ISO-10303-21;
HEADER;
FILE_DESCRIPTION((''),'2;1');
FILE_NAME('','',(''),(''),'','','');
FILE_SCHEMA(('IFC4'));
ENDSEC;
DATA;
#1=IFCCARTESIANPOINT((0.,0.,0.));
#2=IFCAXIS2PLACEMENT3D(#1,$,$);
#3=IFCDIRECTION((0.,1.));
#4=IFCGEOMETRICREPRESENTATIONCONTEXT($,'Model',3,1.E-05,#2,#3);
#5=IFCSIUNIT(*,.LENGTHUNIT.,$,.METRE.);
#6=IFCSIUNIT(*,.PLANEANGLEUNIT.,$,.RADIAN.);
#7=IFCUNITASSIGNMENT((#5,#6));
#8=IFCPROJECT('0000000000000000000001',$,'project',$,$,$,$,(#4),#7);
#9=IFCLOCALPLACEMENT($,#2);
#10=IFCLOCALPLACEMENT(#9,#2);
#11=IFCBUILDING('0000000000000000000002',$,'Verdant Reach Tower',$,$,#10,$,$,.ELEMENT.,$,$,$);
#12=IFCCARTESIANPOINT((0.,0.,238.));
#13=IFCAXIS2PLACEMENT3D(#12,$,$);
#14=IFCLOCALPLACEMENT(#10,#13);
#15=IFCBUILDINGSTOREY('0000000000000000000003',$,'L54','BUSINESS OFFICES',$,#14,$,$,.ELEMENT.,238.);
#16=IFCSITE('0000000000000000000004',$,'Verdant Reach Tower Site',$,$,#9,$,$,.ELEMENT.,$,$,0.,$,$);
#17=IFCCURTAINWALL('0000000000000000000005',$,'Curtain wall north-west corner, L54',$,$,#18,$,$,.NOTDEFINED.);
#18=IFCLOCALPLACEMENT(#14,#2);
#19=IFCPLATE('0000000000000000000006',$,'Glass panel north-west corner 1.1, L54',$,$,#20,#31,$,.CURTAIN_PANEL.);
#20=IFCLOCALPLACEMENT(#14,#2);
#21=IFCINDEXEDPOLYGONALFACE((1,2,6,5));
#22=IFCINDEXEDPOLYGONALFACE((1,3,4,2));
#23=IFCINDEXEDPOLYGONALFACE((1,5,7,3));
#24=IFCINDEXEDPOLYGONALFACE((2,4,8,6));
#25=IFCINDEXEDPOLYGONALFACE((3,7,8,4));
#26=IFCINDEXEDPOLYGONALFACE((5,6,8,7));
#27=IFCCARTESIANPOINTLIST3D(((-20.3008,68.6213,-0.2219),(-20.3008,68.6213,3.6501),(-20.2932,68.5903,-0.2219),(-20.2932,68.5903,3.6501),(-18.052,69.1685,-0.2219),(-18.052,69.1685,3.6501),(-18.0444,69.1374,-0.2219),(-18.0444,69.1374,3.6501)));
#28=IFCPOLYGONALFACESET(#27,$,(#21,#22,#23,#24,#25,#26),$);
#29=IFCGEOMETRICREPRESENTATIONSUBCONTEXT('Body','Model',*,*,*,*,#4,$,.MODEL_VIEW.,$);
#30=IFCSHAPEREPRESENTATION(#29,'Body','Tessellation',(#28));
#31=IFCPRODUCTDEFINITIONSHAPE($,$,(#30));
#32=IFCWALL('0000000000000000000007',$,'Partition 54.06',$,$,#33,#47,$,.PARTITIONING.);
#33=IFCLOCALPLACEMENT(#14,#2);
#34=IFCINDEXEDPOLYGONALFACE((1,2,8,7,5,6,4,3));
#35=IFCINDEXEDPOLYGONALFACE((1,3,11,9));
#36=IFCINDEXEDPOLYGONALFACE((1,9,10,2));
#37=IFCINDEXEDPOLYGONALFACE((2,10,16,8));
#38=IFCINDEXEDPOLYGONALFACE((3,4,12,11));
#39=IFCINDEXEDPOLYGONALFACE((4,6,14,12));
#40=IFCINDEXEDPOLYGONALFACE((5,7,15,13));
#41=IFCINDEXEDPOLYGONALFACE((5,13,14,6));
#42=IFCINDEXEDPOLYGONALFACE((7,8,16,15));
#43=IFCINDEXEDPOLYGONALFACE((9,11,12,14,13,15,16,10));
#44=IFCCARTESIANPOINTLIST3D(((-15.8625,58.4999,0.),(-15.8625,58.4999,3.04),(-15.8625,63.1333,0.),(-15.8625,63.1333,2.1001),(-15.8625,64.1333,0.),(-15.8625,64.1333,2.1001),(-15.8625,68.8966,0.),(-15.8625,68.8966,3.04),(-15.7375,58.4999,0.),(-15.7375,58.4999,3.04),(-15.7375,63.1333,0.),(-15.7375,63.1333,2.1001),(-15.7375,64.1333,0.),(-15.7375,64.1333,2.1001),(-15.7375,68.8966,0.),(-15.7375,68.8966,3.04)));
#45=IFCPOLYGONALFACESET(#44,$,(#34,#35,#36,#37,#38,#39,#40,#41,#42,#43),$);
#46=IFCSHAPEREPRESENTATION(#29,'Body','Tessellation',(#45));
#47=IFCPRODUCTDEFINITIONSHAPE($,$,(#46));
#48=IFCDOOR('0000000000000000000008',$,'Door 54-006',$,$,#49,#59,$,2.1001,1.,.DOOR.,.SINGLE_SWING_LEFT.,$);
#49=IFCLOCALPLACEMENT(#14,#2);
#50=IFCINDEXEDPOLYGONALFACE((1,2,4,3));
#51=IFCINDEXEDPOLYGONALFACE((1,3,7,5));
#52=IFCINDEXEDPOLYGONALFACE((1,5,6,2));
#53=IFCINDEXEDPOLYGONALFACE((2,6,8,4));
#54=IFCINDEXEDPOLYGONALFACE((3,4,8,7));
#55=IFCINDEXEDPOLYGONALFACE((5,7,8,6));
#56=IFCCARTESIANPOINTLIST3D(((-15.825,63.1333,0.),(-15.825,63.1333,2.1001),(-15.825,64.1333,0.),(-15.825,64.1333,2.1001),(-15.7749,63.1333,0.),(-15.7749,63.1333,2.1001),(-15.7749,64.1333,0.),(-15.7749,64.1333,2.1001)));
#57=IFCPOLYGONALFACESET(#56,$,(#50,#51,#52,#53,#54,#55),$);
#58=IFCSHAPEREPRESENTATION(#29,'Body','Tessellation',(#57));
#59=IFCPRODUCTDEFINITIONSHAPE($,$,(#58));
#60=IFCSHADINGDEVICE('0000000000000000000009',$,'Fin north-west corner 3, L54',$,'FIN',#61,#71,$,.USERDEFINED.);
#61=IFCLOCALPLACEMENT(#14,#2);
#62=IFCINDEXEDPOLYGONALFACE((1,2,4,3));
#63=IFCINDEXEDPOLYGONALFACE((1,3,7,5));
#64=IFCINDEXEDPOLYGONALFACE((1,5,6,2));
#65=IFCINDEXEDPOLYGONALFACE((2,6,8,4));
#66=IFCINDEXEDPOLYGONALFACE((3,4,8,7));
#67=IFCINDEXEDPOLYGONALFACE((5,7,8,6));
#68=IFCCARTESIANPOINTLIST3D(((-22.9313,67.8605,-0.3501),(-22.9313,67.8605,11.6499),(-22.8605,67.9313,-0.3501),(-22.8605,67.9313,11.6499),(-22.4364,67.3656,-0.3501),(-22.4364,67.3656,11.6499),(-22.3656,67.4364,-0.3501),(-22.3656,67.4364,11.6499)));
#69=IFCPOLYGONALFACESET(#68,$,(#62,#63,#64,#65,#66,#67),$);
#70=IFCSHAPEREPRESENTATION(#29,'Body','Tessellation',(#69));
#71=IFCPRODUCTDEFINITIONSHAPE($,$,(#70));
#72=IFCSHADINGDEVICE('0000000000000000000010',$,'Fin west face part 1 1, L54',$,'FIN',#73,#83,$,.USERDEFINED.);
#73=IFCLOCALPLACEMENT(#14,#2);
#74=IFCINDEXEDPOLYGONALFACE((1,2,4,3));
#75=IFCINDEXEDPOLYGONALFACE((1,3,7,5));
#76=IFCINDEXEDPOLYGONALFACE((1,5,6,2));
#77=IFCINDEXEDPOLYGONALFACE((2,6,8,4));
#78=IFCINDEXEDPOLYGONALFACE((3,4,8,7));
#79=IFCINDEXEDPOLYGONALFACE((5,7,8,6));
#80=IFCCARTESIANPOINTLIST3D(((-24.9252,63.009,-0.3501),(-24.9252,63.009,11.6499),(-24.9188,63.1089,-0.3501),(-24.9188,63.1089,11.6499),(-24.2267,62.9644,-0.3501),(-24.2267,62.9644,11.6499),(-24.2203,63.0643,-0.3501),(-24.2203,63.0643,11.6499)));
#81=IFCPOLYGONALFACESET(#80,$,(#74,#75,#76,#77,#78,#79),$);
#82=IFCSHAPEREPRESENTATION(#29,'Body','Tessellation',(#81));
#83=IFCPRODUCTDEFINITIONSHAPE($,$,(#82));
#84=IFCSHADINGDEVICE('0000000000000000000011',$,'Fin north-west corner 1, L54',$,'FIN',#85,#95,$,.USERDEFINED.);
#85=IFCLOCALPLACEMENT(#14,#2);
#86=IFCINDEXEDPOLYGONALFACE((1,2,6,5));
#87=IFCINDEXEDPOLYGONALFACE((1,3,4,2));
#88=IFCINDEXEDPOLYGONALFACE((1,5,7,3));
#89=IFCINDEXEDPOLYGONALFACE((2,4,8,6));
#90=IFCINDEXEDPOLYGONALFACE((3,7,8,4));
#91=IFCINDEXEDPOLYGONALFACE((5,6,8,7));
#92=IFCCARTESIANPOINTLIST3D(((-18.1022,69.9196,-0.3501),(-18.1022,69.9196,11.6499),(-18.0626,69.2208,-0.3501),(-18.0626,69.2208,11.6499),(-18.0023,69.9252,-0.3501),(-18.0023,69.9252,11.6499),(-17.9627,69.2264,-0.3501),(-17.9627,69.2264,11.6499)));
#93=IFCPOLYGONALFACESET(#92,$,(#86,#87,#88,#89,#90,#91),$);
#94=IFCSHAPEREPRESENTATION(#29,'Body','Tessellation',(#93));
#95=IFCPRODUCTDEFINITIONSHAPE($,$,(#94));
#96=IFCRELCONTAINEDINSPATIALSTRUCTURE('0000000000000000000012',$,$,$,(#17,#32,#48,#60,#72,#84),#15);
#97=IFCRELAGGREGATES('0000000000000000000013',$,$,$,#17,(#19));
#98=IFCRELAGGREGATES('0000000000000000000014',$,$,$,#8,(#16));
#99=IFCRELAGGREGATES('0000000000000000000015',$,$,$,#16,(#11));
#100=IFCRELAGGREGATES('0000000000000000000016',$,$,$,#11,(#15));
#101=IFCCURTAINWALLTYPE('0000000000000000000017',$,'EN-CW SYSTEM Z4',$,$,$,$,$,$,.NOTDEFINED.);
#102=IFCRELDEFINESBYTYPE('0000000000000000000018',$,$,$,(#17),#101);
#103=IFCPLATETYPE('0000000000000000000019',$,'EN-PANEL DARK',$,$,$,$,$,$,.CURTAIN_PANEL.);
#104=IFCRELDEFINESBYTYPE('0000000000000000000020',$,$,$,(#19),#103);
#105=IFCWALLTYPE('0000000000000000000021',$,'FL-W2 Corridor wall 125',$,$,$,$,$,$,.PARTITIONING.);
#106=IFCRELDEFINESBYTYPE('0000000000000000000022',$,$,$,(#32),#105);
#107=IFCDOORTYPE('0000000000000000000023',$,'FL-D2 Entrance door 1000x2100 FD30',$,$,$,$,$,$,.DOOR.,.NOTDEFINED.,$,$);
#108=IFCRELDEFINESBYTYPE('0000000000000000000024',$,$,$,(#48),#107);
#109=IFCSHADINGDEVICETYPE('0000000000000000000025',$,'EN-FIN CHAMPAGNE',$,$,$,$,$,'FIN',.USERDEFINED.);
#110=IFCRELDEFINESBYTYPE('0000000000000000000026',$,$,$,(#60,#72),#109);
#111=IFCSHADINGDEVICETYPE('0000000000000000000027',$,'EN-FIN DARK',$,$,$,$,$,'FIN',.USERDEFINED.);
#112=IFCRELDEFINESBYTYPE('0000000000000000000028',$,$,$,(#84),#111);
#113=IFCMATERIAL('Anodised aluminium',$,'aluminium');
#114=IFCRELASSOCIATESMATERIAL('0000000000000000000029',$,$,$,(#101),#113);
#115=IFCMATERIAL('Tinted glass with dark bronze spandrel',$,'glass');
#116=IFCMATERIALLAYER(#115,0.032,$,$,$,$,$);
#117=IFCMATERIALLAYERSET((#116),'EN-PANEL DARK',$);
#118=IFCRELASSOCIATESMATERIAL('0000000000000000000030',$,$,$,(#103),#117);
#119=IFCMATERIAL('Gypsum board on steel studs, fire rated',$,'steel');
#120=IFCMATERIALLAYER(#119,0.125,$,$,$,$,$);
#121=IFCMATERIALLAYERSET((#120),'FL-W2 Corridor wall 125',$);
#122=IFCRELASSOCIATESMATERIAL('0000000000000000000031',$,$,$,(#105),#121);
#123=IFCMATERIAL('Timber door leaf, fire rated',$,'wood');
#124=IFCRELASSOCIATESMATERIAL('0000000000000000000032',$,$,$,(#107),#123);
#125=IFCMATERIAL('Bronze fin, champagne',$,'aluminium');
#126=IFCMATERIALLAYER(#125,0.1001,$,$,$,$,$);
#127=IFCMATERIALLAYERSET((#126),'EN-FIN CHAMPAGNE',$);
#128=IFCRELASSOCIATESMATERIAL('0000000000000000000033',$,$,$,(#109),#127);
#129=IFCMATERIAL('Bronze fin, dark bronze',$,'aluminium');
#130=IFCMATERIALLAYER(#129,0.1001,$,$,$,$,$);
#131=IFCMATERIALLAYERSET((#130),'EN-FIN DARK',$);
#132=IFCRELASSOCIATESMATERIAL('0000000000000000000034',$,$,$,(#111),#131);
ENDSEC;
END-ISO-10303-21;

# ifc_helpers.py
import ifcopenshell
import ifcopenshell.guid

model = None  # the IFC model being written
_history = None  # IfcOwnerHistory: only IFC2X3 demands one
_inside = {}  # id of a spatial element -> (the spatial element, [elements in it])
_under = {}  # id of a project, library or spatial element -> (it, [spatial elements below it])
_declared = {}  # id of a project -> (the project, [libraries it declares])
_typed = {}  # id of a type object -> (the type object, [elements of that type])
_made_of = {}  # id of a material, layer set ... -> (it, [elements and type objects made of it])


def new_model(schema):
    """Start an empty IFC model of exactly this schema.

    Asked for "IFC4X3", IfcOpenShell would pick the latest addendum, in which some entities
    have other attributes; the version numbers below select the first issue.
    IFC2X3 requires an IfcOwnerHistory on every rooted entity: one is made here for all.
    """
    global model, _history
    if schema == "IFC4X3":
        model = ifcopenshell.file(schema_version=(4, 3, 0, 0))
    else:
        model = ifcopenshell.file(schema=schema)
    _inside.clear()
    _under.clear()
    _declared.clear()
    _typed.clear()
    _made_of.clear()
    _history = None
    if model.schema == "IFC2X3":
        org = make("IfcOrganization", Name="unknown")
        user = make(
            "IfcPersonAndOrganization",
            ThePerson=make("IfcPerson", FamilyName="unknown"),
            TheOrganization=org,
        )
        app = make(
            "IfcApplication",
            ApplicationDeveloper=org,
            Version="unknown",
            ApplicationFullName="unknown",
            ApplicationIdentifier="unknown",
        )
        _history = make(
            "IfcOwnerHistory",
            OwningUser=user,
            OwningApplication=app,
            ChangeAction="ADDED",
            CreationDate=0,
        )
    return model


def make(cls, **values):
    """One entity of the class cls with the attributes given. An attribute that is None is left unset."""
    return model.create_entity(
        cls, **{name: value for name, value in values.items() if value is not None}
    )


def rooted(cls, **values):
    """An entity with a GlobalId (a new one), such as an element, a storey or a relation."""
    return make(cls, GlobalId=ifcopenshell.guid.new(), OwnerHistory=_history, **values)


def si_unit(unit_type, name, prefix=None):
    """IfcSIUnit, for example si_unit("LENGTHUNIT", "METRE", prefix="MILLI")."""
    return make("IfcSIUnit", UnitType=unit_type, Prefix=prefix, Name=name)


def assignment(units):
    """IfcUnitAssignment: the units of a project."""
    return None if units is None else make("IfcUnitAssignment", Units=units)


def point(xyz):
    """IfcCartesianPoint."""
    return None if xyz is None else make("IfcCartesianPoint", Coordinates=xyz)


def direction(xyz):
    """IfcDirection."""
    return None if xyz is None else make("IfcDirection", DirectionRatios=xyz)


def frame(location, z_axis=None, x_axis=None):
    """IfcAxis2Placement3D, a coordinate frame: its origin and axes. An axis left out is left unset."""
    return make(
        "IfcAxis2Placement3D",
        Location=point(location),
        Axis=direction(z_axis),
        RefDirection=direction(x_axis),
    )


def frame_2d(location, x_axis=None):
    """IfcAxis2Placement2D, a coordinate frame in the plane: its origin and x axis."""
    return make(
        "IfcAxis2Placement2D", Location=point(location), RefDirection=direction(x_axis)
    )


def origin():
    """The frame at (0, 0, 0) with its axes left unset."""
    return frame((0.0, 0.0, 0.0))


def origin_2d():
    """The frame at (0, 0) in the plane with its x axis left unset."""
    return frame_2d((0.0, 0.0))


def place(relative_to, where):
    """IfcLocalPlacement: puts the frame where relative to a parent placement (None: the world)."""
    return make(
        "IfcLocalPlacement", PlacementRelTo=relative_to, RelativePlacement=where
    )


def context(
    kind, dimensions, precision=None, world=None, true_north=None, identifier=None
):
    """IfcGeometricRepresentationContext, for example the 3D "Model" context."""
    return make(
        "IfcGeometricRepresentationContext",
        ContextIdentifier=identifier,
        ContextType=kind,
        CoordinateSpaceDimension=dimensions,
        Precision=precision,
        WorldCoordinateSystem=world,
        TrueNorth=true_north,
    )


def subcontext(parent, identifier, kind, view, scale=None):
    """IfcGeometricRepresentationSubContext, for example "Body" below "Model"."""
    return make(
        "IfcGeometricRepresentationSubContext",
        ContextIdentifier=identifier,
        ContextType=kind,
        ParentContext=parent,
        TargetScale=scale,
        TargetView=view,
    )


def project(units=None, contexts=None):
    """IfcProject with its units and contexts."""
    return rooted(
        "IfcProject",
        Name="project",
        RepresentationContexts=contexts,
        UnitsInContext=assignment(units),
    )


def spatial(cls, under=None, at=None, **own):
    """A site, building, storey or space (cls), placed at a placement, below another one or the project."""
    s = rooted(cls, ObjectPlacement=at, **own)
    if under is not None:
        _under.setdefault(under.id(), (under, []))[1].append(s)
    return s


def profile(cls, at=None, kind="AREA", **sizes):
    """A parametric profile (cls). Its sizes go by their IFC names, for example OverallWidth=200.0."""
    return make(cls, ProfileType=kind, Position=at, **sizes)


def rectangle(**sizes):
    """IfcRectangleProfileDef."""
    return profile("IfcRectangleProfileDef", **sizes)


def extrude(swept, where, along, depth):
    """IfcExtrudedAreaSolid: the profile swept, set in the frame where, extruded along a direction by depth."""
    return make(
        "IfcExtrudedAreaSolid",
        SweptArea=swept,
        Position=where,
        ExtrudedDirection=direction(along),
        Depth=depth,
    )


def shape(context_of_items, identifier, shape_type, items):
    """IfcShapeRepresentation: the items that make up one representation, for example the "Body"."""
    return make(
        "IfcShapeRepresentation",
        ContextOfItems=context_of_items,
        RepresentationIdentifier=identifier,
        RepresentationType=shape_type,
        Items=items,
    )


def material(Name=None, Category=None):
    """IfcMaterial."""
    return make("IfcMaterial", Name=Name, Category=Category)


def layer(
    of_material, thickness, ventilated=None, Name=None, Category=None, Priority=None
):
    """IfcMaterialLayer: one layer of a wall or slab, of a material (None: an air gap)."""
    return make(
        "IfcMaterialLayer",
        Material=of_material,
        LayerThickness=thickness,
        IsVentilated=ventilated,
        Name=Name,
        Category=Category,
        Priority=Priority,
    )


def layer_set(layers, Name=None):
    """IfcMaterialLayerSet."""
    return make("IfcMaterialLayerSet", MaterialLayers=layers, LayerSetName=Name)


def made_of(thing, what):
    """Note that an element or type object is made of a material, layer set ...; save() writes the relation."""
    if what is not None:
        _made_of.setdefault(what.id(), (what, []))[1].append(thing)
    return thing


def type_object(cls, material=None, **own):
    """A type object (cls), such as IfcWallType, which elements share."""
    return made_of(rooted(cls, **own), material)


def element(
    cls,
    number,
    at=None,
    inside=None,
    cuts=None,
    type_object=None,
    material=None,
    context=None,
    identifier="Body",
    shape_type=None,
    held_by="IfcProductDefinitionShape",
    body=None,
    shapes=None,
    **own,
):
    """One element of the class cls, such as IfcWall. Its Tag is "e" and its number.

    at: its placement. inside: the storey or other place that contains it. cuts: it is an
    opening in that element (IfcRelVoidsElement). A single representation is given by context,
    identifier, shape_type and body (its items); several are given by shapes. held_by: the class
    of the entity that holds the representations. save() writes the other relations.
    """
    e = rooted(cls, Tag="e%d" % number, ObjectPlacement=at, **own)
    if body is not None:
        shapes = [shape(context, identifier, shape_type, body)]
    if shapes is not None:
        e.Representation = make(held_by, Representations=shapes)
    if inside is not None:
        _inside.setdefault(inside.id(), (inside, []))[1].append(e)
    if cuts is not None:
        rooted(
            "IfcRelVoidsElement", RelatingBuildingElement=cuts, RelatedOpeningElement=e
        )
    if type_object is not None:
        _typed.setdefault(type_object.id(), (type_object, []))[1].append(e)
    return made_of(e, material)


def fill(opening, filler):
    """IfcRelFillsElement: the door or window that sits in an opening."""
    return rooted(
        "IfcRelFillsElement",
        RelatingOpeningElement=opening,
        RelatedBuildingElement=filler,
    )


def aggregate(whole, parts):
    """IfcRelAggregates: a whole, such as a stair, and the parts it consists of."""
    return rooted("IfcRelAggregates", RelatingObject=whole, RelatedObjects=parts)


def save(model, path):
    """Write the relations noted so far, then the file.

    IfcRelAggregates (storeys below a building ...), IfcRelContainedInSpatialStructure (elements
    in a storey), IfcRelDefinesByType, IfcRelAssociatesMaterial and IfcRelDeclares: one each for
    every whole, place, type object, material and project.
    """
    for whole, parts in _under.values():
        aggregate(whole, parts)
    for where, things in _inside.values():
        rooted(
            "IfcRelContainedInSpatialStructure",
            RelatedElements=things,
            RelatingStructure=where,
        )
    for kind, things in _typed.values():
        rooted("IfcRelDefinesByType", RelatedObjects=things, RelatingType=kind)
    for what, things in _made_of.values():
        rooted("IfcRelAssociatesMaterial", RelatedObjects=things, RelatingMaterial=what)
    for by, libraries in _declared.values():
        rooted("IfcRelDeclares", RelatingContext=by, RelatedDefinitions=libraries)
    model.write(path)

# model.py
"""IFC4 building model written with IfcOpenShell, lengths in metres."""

from ifc_helpers import new_model, si_unit, direction, frame, frame_2d, origin, origin_2d, place, context, subcontext, project, spatial, rectangle, extrude, material, layer, layer_set, type_object, element, fill, aggregate, save


model = new_model("IFC4")

# Units and contexts
model_context = context("Model", 3, precision=1e-05, world=origin(), true_north=direction((0.0, 1.0)))
body_context = subcontext(model_context, "Body", "Model", "MODEL_VIEW")
ifc_project = project(units=[si_unit("LENGTHUNIT", "METRE"), si_unit("PLANEANGLEUNIT", "RADIAN")], contexts=[model_context])

# Site, building, storey
site_placement = place(None, origin())
site = spatial("IfcSite", under=ifc_project, at=site_placement, Name="Verdant Reach Tower Site", CompositionType="ELEMENT", RefElevation=0.0)
building_placement = place(site_placement, origin())
building = spatial("IfcBuilding", under=site, at=building_placement, Name="Verdant Reach Tower", CompositionType="ELEMENT")
storey_placement = place(building_placement, frame((0.0, 0.0, 238.0)))
storey = spatial("IfcBuildingStorey", under=building, at=storey_placement, Name="L54", Description="BUSINESS OFFICES", CompositionType="ELEMENT", Elevation=238.0)

# Curtain wall
ifc_material_1 = material(Name="Anodised aluminium", Category="aluminium")
curtain_wall_type = type_object("IfcCurtainWallType", Name="EN-CW SYSTEM Z4", PredefinedType="NOTDEFINED", material=ifc_material_1)
curtain_wall_1_placement = place(storey_placement, origin())
curtain_wall_1 = element("IfcCurtainWall", 1, at=curtain_wall_1_placement, inside=storey, type_object=curtain_wall_type, Name="Curtain wall north-west corner, L54", PredefinedType="NOTDEFINED")

# Plate
ifc_material_2 = material(Name="Tinted glass with dark bronze spandrel", Category="glass")
ifc_layer_1 = layer(ifc_material_2, 0.032)
ifc_layer_set_1 = layer_set([ifc_layer_1], Name="EN-PANEL DARK")
plate_type_1 = type_object("IfcPlateType", Name="EN-PANEL DARK", PredefinedType="CURTAIN_PANEL", material=ifc_layer_set_1)
plate_1_placement = place(storey_placement, frame((-19.1726, 68.8794, -0.2219), z_axis=(0.0, 0.0, 1.0), x_axis=(-0.971652, -0.236414, 0.0)))
plate_1 = element("IfcPlate", 2, at=plate_1_placement, type_object=plate_type_1, Name="Glass panel north-west corner 1.1, L54", PredefinedType="CURTAIN_PANEL", context=body_context, shape_type="SweptSolid", body=[
    extrude(rectangle(XDim=2.3145, YDim=0.032, at=origin_2d()), origin(), (0.0, 0.0, 1.0), 3.8721),
])
aggregate(curtain_wall_1, [plate_1])

# Wall, opening, door
ifc_material_3 = material(Name="Gypsum board on steel studs, fire rated", Category="steel")
ifc_layer_2 = layer(ifc_material_3, 0.125)
ifc_layer_set_2 = layer_set([ifc_layer_2], Name="FL-W2 Corridor wall 125")
wall_type = type_object("IfcWallType", Name="FL-W2 Corridor wall 125", PredefinedType="PARTITIONING", material=ifc_layer_set_2)
wall_placement = place(storey_placement, frame((-15.8, 58.5, 0.0), z_axis=(0.0, 0.0, 1.0), x_axis=(0.0, 1.0, 0.0)))
wall = element("IfcWall", 3, at=wall_placement, inside=storey, type_object=wall_type, Name="Partition 54.06", PredefinedType="PARTITIONING", context=body_context, shape_type="SweptSolid", body=[
    extrude(rectangle(XDim=10.3967, YDim=0.125, at=frame_2d((5.1982, 0.0))), origin(), (0.0, 0.0, 1.0), 3.04),
])
opening_placement = place(wall_placement, frame((4.6333, 0.0, 0.0)))
opening = element("IfcOpeningElement", 4, at=opening_placement, cuts=wall, PredefinedType="OPENING", context=body_context, shape_type="SweptSolid", body=[
    extrude(rectangle(XDim=1.0, YDim=2.1001, at=frame_2d((0.5, 1.05))), frame((0.0, 0.0725, 0.0), z_axis=(0.0, -1.0, 0.0), x_axis=(1.0, 0.0, 0.0)), (0.0, 0.0, 1.0), 0.145),
])
ifc_material_4 = material(Name="Timber door leaf, fire rated", Category="wood")
door_type = type_object("IfcDoorType", Name="FL-D2 Entrance door 1000x2100 FD30", OperationType="NOTDEFINED", PredefinedType="DOOR", material=ifc_material_4)
door_placement = place(opening_placement, origin())
door = element("IfcDoor", 5, at=door_placement, inside=storey, type_object=door_type, Name="Door 54-006", OperationType="SINGLE_SWING_LEFT", OverallHeight=2.1001, OverallWidth=1.0, PredefinedType="DOOR", context=body_context, shape_type="SweptSolid", body=[
    extrude(rectangle(XDim=1.0, YDim=2.1001, at=frame_2d((0.5, 1.05))), frame((0.0, 0.0249, 0.0), z_axis=(0.0, -1.0, 0.0), x_axis=(1.0, 0.0, 0.0)), (0.0, 0.0, 1.0), 0.05),
])
fill(opening, door)

# Shading devices
ifc_material_5 = material(Name="Bronze fin, champagne", Category="aluminium")
ifc_layer_3 = layer(ifc_material_5, 0.1001)
ifc_layer_set_3 = layer_set([ifc_layer_3], Name="EN-FIN CHAMPAGNE")
shading_device_type_1 = type_object("IfcShadingDeviceType", Name="EN-FIN CHAMPAGNE", ElementType="FIN", PredefinedType="USERDEFINED", material=ifc_layer_set_3)
for number, where, z_axis, x_axis, name in (
    (6, (-22.6484, 67.6484, -0.3501), (0.0, 0.0, 1.0), (-0.707107, -0.707107, 0.0), "Fin north-west corner 3, L54"),
    (7, (-24.5728, 63.0366, -0.3501), (0.0, 0.0, 1.0), (-0.063699, -0.997969, 0.0), "Fin west face part 1 1, L54"),
):
    element("IfcShadingDevice", number, at=place(storey_placement, frame(where, z_axis=z_axis, x_axis=x_axis)), inside=storey, type_object=shading_device_type_1, Name=name, ObjectType="FIN", PredefinedType="USERDEFINED", context=body_context, shape_type="SweptSolid", body=[
        extrude(rectangle(XDim=0.1001, YDim=0.7, at=origin_2d()), origin(), (0.0, 0.0, 1.0), 12.0),
    ])
ifc_material_6 = material(Name="Bronze fin, dark bronze", Category="aluminium")
ifc_layer_4 = layer(ifc_material_6, 0.1001)
ifc_layer_set_4 = layer_set([ifc_layer_4], Name="EN-FIN DARK")
shading_device_type_2 = type_object("IfcShadingDeviceType", Name="EN-FIN DARK", ElementType="FIN", PredefinedType="USERDEFINED", material=ifc_layer_set_4)
shading_device_placement = place(storey_placement, frame((-18.0325, 69.573, -0.3501), z_axis=(0.0, 0.0, 1.0), x_axis=(-0.998399, -0.056569, 0.0)))
element("IfcShadingDevice", 8, at=shading_device_placement, inside=storey, type_object=shading_device_type_2, Name="Fin north-west corner 1, L54", ObjectType="FIN", PredefinedType="USERDEFINED", context=body_context, shape_type="SweptSolid", body=[
    extrude(rectangle(XDim=0.1001, YDim=0.7, at=origin_2d()), origin(), (0.0, 0.0, 1.0), 12.0),
])

save(model, "model.ifc")
